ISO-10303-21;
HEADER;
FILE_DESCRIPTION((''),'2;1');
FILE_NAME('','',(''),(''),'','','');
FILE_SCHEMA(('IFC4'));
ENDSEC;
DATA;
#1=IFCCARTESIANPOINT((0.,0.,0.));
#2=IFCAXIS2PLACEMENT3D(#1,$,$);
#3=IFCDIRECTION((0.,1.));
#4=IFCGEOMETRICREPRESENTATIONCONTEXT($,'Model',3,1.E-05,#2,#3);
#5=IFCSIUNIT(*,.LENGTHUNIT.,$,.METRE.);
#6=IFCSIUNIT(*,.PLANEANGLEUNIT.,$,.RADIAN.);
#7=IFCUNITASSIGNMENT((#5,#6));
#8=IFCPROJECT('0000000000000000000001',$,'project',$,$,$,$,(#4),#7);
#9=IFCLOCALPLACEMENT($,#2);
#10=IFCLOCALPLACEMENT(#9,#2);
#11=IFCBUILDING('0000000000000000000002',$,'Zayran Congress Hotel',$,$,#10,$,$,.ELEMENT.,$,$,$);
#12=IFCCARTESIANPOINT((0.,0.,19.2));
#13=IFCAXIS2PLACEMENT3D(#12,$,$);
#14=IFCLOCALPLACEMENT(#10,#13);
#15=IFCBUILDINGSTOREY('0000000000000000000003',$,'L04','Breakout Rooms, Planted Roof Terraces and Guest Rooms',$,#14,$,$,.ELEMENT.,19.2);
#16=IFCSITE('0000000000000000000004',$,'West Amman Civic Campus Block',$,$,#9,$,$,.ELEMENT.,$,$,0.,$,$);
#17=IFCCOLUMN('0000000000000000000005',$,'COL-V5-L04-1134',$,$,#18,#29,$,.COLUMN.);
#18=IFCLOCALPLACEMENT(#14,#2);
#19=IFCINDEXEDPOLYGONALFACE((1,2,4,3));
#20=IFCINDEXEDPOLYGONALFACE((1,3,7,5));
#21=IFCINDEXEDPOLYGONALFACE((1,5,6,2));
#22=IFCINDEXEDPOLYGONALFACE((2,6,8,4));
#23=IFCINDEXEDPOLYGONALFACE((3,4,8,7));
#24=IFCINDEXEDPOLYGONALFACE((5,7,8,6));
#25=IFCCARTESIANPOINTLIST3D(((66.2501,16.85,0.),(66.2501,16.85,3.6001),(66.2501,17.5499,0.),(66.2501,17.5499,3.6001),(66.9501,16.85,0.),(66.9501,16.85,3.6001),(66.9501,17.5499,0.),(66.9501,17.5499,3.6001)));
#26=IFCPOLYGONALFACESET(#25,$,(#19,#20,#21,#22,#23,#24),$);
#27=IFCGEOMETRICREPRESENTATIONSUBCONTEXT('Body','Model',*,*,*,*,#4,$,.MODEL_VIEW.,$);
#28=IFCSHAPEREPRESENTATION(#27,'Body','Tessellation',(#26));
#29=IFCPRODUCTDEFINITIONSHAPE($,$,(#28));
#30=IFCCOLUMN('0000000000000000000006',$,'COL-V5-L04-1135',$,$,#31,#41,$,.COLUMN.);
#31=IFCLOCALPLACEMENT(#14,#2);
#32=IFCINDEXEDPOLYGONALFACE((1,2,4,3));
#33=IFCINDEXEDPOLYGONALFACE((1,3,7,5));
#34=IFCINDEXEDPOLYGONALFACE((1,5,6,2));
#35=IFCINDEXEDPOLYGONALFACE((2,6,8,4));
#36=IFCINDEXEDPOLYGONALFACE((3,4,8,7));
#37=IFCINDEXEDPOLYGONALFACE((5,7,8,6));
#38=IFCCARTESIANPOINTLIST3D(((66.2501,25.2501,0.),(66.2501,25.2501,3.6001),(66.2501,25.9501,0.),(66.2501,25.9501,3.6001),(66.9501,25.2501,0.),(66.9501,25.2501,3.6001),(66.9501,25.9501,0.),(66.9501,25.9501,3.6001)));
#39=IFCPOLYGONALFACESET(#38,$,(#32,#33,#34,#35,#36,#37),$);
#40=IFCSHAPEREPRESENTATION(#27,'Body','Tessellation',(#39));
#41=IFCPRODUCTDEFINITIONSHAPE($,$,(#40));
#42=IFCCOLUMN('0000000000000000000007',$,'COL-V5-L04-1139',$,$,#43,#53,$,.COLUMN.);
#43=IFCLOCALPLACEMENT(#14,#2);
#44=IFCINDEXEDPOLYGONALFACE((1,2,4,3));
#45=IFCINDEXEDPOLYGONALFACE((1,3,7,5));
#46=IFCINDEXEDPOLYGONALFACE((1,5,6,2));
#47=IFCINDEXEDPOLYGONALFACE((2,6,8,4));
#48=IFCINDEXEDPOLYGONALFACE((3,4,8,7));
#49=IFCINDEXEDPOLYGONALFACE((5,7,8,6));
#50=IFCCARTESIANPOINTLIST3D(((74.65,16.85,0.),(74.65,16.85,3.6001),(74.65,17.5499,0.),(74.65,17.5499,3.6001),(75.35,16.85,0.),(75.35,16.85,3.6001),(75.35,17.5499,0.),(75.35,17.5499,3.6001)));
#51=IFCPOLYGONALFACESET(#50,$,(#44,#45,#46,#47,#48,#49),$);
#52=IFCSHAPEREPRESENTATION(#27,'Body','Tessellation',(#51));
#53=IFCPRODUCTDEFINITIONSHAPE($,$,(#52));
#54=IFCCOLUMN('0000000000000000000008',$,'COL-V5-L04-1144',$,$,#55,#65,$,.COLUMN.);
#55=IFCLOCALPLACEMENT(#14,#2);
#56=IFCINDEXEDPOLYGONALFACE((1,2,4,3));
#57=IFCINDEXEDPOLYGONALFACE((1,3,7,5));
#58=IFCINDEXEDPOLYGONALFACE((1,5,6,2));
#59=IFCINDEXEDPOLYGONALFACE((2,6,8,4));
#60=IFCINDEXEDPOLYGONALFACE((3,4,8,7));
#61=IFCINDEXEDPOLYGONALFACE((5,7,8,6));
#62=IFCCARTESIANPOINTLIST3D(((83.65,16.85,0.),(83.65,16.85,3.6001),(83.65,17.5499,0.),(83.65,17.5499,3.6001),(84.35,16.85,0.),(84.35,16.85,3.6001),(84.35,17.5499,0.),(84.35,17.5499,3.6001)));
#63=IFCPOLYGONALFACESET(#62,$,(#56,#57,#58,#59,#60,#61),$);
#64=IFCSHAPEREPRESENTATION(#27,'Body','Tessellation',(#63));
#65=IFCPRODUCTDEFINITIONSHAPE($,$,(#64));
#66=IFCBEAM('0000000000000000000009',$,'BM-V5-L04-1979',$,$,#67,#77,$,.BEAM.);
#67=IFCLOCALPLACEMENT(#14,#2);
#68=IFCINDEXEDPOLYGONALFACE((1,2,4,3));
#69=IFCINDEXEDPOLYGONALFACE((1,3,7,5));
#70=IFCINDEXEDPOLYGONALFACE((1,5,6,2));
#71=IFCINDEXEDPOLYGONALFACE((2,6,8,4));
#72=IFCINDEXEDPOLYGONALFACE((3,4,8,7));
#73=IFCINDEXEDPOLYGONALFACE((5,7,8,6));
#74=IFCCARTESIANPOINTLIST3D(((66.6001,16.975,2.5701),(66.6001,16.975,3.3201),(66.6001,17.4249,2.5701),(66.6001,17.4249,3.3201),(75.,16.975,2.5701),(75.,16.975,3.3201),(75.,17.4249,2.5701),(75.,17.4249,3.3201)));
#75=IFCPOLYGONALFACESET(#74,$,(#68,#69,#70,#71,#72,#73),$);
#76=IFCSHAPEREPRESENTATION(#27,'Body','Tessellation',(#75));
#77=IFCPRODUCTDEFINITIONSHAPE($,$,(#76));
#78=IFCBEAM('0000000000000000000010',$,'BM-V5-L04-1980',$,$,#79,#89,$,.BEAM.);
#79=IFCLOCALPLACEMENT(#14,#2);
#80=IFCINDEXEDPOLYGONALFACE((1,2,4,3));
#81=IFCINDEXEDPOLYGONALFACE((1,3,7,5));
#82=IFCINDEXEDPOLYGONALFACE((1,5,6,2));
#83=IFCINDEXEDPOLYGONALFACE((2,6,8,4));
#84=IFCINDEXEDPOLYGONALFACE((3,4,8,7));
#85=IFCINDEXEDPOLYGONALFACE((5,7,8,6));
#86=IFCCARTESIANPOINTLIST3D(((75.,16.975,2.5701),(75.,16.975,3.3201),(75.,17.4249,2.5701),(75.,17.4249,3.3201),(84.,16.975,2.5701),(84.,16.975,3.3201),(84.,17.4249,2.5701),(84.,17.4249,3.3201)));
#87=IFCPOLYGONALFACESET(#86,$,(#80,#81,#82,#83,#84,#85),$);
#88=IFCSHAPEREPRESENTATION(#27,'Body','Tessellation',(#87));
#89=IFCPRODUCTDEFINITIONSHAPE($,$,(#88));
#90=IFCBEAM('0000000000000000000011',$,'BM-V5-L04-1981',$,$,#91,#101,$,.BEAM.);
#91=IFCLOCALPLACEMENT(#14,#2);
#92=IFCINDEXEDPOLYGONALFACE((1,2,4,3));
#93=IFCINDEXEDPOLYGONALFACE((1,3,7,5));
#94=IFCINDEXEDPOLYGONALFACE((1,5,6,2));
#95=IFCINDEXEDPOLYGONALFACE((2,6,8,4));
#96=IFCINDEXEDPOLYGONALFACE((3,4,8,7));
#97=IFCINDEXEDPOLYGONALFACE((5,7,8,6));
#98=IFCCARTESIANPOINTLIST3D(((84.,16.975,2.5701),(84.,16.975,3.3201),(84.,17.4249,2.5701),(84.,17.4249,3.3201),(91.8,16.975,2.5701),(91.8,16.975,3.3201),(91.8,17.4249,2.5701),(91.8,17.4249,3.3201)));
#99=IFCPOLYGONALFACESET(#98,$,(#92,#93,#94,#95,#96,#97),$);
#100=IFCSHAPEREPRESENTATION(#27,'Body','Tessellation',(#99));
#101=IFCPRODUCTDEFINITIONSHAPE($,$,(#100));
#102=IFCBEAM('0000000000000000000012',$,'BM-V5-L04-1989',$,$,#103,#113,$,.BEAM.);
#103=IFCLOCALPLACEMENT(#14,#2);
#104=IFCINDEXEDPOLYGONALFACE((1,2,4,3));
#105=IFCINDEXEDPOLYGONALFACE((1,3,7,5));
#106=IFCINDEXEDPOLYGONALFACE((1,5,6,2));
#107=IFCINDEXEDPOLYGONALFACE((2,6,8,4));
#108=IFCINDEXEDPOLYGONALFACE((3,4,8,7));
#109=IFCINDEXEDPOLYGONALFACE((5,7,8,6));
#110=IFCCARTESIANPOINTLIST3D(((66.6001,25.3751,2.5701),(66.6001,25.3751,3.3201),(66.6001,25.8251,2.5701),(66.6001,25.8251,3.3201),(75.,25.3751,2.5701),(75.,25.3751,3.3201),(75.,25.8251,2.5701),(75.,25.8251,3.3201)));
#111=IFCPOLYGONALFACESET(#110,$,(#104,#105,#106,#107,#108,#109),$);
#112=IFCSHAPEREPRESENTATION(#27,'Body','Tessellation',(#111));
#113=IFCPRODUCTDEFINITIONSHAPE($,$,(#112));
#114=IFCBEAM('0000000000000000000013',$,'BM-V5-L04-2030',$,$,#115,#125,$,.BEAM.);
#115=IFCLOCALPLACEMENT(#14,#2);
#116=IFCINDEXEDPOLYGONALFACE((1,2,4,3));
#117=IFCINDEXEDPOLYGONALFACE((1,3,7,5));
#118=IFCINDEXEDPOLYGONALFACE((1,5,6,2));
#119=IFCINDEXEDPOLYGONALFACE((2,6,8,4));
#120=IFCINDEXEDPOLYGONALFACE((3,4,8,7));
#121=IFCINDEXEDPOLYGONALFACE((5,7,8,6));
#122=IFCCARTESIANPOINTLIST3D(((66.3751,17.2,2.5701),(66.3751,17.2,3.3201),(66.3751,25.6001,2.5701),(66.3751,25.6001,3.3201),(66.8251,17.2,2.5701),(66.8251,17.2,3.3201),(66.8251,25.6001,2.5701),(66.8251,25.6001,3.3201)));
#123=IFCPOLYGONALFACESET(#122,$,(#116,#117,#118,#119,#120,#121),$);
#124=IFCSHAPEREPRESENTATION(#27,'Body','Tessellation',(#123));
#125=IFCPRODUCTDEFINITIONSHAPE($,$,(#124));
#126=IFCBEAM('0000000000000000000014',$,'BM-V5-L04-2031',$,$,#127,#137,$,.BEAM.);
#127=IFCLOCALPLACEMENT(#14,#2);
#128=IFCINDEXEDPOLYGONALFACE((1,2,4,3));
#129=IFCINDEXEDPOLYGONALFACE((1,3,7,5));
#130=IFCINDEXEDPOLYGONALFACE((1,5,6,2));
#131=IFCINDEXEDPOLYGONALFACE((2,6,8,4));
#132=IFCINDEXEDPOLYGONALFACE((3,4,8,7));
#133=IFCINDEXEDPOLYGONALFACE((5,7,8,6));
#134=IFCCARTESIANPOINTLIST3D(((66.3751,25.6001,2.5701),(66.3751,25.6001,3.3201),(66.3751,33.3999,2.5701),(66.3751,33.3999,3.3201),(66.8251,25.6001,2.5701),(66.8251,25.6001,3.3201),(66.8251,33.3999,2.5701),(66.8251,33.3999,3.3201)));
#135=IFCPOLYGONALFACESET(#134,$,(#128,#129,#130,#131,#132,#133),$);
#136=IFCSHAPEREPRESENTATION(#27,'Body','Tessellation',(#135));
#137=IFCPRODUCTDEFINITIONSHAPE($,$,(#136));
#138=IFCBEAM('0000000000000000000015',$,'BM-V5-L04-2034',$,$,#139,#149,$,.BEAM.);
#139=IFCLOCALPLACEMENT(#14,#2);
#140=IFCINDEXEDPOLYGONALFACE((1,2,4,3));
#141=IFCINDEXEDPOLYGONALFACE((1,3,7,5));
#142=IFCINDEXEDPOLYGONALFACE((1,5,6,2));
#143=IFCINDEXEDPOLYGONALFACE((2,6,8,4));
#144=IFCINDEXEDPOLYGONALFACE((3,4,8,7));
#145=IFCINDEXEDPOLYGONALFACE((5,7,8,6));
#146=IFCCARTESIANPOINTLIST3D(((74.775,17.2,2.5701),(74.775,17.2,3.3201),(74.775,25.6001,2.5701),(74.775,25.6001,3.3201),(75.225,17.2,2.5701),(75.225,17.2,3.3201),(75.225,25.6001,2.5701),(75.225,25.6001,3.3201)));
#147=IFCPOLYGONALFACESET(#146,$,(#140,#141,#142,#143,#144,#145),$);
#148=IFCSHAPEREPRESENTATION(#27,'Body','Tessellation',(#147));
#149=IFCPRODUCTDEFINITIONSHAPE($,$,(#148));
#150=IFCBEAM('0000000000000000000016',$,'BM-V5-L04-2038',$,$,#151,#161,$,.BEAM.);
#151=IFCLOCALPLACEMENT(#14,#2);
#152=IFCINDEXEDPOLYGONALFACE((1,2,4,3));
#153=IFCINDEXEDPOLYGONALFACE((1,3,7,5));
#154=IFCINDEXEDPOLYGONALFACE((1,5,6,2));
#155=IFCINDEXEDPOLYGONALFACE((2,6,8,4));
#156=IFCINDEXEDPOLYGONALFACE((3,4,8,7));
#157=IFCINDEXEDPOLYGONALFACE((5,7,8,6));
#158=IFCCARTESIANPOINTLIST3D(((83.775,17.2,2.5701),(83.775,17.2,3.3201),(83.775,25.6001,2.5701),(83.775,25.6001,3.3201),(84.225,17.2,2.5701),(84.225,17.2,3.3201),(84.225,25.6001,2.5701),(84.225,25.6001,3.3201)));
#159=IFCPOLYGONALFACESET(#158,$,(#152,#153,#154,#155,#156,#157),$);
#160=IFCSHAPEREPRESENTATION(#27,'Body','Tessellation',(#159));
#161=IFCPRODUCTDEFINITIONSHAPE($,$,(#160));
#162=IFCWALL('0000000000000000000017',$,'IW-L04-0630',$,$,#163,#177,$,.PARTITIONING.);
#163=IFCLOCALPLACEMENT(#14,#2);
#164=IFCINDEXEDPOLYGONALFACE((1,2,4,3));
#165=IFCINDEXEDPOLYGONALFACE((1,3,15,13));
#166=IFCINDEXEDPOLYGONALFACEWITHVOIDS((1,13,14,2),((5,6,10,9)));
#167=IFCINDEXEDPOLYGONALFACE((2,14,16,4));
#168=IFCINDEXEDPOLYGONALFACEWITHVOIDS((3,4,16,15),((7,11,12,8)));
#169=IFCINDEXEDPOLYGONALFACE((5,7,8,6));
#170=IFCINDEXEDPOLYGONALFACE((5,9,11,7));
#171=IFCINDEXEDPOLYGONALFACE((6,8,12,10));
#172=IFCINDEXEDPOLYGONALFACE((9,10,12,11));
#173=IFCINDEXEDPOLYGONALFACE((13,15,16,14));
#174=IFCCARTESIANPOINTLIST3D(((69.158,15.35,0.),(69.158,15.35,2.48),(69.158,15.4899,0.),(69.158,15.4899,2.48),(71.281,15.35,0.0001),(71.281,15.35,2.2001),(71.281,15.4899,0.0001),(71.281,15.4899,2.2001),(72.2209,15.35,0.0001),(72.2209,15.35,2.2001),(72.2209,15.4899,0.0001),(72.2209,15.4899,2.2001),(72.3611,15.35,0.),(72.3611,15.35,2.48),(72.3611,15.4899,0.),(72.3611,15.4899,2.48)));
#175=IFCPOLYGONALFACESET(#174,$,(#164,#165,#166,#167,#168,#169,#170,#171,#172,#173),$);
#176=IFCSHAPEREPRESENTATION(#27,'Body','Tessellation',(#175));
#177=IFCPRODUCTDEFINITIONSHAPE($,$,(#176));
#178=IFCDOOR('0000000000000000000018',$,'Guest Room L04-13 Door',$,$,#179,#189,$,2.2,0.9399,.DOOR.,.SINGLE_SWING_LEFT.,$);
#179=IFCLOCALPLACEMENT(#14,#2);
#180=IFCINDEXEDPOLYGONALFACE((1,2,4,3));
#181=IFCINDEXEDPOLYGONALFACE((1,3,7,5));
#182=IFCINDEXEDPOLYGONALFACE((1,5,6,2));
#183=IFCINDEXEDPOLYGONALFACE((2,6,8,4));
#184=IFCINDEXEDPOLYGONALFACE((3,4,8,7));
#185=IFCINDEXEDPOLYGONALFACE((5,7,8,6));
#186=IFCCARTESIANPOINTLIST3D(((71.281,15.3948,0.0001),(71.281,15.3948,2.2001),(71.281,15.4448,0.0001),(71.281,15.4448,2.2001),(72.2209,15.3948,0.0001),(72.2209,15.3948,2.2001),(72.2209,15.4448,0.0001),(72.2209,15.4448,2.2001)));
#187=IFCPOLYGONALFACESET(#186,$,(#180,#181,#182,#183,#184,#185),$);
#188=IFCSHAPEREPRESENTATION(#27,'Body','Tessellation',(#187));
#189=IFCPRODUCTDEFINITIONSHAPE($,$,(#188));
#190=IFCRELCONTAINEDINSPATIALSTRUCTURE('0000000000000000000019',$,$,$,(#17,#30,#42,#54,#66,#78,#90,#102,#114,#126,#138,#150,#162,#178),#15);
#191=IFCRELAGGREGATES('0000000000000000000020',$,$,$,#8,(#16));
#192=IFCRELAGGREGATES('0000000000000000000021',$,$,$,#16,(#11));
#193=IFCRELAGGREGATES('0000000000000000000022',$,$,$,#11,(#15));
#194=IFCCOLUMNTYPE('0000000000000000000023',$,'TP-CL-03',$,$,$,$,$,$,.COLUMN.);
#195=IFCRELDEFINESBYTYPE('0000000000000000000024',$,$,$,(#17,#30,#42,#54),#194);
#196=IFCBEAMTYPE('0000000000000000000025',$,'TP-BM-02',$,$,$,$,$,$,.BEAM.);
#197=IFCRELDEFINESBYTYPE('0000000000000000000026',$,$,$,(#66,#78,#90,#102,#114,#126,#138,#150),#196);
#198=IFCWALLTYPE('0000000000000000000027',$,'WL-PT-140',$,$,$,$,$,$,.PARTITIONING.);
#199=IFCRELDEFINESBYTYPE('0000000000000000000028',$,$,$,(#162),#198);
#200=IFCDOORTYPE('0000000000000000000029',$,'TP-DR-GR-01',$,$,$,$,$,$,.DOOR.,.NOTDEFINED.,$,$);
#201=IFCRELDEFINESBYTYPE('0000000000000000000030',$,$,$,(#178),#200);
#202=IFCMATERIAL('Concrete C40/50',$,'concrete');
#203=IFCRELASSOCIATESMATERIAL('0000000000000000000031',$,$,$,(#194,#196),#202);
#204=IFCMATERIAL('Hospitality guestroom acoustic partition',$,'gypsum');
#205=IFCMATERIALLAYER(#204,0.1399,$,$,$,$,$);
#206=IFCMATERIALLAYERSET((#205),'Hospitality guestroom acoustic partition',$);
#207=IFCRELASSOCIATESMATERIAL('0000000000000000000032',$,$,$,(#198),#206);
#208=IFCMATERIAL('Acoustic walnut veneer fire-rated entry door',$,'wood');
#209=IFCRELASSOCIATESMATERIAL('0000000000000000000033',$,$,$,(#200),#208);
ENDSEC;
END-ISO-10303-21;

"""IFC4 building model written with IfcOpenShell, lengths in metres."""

from ifc_helpers import new_model, si_unit, direction, frame, frame_2d, origin, origin_2d, place, context, subcontext, project, spatial, rectangle, extrude, material, layer, layer_set, material_profile, profile_set, type_object, element, fill, save


model = new_model("IFC4")

# Units and contexts
model_context = context("Model", 3, precision=1e-05, world=origin(), true_north=direction((0.0, 1.0)))
body_context = subcontext(model_context, "Body", "Model", "MODEL_VIEW")
ifc_project = project(units=[si_unit("LENGTHUNIT", "METRE"), si_unit("PLANEANGLEUNIT", "RADIAN")], contexts=[model_context])

# Site, building, storey
site_placement = place(None, origin())
site = spatial("IfcSite", under=ifc_project, at=site_placement, Name="West Amman Civic Campus Block", CompositionType="ELEMENT", RefElevation=0.0)
building_placement = place(site_placement, origin())
building = spatial("IfcBuilding", under=site, at=building_placement, Name="Zayran Congress Hotel", CompositionType="ELEMENT")
storey_placement = place(building_placement, frame((0.0, 0.0, 19.2)))
storey = spatial("IfcBuildingStorey", under=building, at=storey_placement, Name="L04", Description="Breakout Rooms, Planted Roof Terraces and Guest Rooms", CompositionType="ELEMENT", Elevation=19.2)

# Columns
ifc_material_1 = material(Name="Concrete C40/50", Category="concrete")
ifc_material_profile_1 = material_profile(ifc_material_1, rectangle(XDim=0.7, YDim=0.7, at=origin_2d()), Name="RC 700x700")
ifc_profile_set_1 = profile_set([ifc_material_profile_1], Name="Concrete C40/50")
column_type = type_object("IfcColumnType", Name="TP-CL-03", PredefinedType="COLUMN", material=ifc_profile_set_1)
for number, where, z_axis, x_axis, name in (
    (1, (66.6001, 17.2, 0.0), (0.0, 0.0, 1.0), (1.0, 0.0, 0.0), "COL-V5-L04-1134"),
    (2, (66.6001, 25.6001, 0.0), (0.0, 0.0, 1.0), (1.0, 0.0, 0.0), "COL-V5-L04-1135"),
    (3, (75.0, 17.2, 0.0), (0.0, 0.0, 1.0), (1.0, 0.0, 0.0), "COL-V5-L04-1139"),
    (4, (84.0, 17.2, 0.0), (0.0, 0.0, 1.0), (1.0, 0.0, 0.0), "COL-V5-L04-1144"),
):
    element("IfcColumn", number, at=place(storey_placement, frame(where, z_axis=z_axis, x_axis=x_axis)), inside=storey, type_object=column_type, Name=name, PredefinedType="COLUMN", context=body_context, shape_type="SweptSolid", body=[
        extrude(rectangle(XDim=0.7, YDim=0.7, at=origin_2d()), origin(), (0.0, 0.0, 1.0), 3.6001),
    ])

# Beams
ifc_material_profile_2 = material_profile(ifc_material_1, rectangle(XDim=0.45, YDim=0.75, at=origin_2d()), Name="RC 450x750")
ifc_profile_set_2 = profile_set([ifc_material_profile_2], Name="Concrete C40/50")
beam_type = type_object("IfcBeamType", Name="TP-BM-02", PredefinedType="BEAM", material=ifc_profile_set_2)
beam_1_placement = place(storey_placement, frame((66.6001, 17.2, 2.9451), z_axis=(1.0, 0.0, 0.0), x_axis=(0.0, 1.0, 0.0)))
element("IfcBeam", 5, at=beam_1_placement, inside=storey, type_object=beam_type, Name="BM-V5-L04-1979", PredefinedType="BEAM", context=body_context, shape_type="SweptSolid", body=[
    extrude(rectangle(XDim=0.45, YDim=0.75, at=origin_2d()), origin(), (0.0, 0.0, 1.0), 8.3999),
])
beam_2_placement = place(storey_placement, frame((75.0, 17.2, 2.9451), z_axis=(1.0, 0.0, 0.0), x_axis=(0.0, 1.0, 0.0)))
element("IfcBeam", 6, at=beam_2_placement, inside=storey, type_object=beam_type, Name="BM-V5-L04-1980", PredefinedType="BEAM", context=body_context, shape_type="SweptSolid", body=[
    extrude(rectangle(XDim=0.45, YDim=0.75, at=origin_2d()), origin(), (0.0, 0.0, 1.0), 9.0),
])
beam_3_placement = place(storey_placement, frame((84.0, 17.2, 2.9451), z_axis=(1.0, 0.0, 0.0), x_axis=(0.0, 1.0, 0.0)))
element("IfcBeam", 7, at=beam_3_placement, inside=storey, type_object=beam_type, Name="BM-V5-L04-1981", PredefinedType="BEAM", context=body_context, shape_type="SweptSolid", body=[
    extrude(rectangle(XDim=0.45, YDim=0.75, at=origin_2d()), origin(), (0.0, 0.0, 1.0), 7.8),
])
beam_4_placement = place(storey_placement, frame((66.6001, 25.6001, 2.9451), z_axis=(1.0, 0.0, 0.0), x_axis=(0.0, 1.0, 0.0)))
element("IfcBeam", 8, at=beam_4_placement, inside=storey, type_object=beam_type, Name="BM-V5-L04-1989", PredefinedType="BEAM", context=body_context, shape_type="SweptSolid", body=[
    extrude(rectangle(XDim=0.45, YDim=0.75, at=origin_2d()), origin(), (0.0, 0.0, 1.0), 8.3999),
])
beam_5_placement = place(storey_placement, frame((66.6001, 17.2, 2.9451), z_axis=(0.0, 1.0, 0.0), x_axis=(-1.0, 0.0, 0.0)))
element("IfcBeam", 9, at=beam_5_placement, inside=storey, type_object=beam_type, Name="BM-V5-L04-2030", PredefinedType="BEAM", context=body_context, shape_type="SweptSolid", body=[
    extrude(rectangle(XDim=0.45, YDim=0.75, at=origin_2d()), origin(), (0.0, 0.0, 1.0), 8.4001),
])
beam_6_placement = place(storey_placement, frame((66.6001, 25.6001, 2.9451), z_axis=(0.0, 1.0, 0.0), x_axis=(-1.0, 0.0, 0.0)))
element("IfcBeam", 10, at=beam_6_placement, inside=storey, type_object=beam_type, Name="BM-V5-L04-2031", PredefinedType="BEAM", context=body_context, shape_type="SweptSolid", body=[
    extrude(rectangle(XDim=0.45, YDim=0.75, at=origin_2d()), origin(), (0.0, 0.0, 1.0), 7.7998),
])
for number, where, z_axis, x_axis, name in (
    (11, (75.0, 17.2, 2.9451), (0.0, 1.0, 0.0), (-1.0, 0.0, 0.0), "BM-V5-L04-2034"),
    (12, (84.0, 17.2, 2.9451), (0.0, 1.0, 0.0), (-1.0, 0.0, 0.0), "BM-V5-L04-2038"),
):
    element("IfcBeam", number, at=place(storey_placement, frame(where, z_axis=z_axis, x_axis=x_axis)), inside=storey, type_object=beam_type, Name=name, PredefinedType="BEAM", context=body_context, shape_type="SweptSolid", body=[
        extrude(rectangle(XDim=0.45, YDim=0.75, at=origin_2d()), origin(), (0.0, 0.0, 1.0), 8.4001),
    ])

# Wall, opening, door
ifc_material_2 = material(Name="Hospitality guestroom acoustic partition", Category="gypsum")
ifc_layer_1 = layer(ifc_material_2, 0.1399)
ifc_layer_set_1 = layer_set([ifc_layer_1], Name="Hospitality guestroom acoustic partition")
wall_type_1 = type_object("IfcWallType", Name="WL-PT-140", PredefinedType="PARTITIONING", material=ifc_layer_set_1)
wall_1_placement = place(storey_placement, frame((69.158, 15.4199, 0.0), z_axis=(0.0, 0.0, 1.0), x_axis=(1.0, 0.0, 0.0)))
wall_1 = element("IfcWall", 13, at=wall_1_placement, inside=storey, type_object=wall_type_1, Name="IW-L04-0630", PredefinedType="PARTITIONING", context=body_context, shape_type="SweptSolid", body=[
    extrude(rectangle(XDim=3.2031, YDim=0.1399, at=frame_2d((1.6016, 0.0))), origin(), (0.0, 0.0, 1.0), 2.48),
])
opening_1_placement = place(wall_1_placement, frame((2.123, 0.0, 0.0)))
opening_1 = element("IfcOpeningElement", 14, at=opening_1_placement, cuts=wall_1, PredefinedType="OPENING", context=body_context, shape_type="SweptSolid", body=[
    extrude(rectangle(XDim=0.9399, YDim=2.2, at=frame_2d((0.47, 1.1001))), frame((0.0, 0.0798, 0.0), z_axis=(0.0, -1.0, 0.0), x_axis=(1.0, 0.0, 0.0)), (0.0, 0.0, 1.0), 0.1599),
])
ifc_material_3 = material(Name="Acoustic walnut veneer fire-rated entry door", Category="wood")
door_type_1 = type_object("IfcDoorType", Name="TP-DR-GR-01", OperationType="NOTDEFINED", PredefinedType="DOOR", material=ifc_material_3)
door_1_placement = place(opening_1_placement, origin())
door_1 = element("IfcDoor", 15, at=door_1_placement, inside=storey, type_object=door_type_1, Name="Guest Room L04-13 Door", OperationType="SINGLE_SWING_LEFT", OverallHeight=2.2, OverallWidth=0.9399, PredefinedType="DOOR", context=body_context, shape_type="SweptSolid", body=[
    extrude(rectangle(XDim=0.9399, YDim=2.2, at=frame_2d((0.47, 1.1001))), frame((0.0, 0.0249, 0.0), z_axis=(0.0, -1.0, 0.0), x_axis=(1.0, 0.0, 0.0)), (0.0, 0.0, 1.0), 0.05),
])
fill(opening_1, door_1)

save(model, "model.ifc")
